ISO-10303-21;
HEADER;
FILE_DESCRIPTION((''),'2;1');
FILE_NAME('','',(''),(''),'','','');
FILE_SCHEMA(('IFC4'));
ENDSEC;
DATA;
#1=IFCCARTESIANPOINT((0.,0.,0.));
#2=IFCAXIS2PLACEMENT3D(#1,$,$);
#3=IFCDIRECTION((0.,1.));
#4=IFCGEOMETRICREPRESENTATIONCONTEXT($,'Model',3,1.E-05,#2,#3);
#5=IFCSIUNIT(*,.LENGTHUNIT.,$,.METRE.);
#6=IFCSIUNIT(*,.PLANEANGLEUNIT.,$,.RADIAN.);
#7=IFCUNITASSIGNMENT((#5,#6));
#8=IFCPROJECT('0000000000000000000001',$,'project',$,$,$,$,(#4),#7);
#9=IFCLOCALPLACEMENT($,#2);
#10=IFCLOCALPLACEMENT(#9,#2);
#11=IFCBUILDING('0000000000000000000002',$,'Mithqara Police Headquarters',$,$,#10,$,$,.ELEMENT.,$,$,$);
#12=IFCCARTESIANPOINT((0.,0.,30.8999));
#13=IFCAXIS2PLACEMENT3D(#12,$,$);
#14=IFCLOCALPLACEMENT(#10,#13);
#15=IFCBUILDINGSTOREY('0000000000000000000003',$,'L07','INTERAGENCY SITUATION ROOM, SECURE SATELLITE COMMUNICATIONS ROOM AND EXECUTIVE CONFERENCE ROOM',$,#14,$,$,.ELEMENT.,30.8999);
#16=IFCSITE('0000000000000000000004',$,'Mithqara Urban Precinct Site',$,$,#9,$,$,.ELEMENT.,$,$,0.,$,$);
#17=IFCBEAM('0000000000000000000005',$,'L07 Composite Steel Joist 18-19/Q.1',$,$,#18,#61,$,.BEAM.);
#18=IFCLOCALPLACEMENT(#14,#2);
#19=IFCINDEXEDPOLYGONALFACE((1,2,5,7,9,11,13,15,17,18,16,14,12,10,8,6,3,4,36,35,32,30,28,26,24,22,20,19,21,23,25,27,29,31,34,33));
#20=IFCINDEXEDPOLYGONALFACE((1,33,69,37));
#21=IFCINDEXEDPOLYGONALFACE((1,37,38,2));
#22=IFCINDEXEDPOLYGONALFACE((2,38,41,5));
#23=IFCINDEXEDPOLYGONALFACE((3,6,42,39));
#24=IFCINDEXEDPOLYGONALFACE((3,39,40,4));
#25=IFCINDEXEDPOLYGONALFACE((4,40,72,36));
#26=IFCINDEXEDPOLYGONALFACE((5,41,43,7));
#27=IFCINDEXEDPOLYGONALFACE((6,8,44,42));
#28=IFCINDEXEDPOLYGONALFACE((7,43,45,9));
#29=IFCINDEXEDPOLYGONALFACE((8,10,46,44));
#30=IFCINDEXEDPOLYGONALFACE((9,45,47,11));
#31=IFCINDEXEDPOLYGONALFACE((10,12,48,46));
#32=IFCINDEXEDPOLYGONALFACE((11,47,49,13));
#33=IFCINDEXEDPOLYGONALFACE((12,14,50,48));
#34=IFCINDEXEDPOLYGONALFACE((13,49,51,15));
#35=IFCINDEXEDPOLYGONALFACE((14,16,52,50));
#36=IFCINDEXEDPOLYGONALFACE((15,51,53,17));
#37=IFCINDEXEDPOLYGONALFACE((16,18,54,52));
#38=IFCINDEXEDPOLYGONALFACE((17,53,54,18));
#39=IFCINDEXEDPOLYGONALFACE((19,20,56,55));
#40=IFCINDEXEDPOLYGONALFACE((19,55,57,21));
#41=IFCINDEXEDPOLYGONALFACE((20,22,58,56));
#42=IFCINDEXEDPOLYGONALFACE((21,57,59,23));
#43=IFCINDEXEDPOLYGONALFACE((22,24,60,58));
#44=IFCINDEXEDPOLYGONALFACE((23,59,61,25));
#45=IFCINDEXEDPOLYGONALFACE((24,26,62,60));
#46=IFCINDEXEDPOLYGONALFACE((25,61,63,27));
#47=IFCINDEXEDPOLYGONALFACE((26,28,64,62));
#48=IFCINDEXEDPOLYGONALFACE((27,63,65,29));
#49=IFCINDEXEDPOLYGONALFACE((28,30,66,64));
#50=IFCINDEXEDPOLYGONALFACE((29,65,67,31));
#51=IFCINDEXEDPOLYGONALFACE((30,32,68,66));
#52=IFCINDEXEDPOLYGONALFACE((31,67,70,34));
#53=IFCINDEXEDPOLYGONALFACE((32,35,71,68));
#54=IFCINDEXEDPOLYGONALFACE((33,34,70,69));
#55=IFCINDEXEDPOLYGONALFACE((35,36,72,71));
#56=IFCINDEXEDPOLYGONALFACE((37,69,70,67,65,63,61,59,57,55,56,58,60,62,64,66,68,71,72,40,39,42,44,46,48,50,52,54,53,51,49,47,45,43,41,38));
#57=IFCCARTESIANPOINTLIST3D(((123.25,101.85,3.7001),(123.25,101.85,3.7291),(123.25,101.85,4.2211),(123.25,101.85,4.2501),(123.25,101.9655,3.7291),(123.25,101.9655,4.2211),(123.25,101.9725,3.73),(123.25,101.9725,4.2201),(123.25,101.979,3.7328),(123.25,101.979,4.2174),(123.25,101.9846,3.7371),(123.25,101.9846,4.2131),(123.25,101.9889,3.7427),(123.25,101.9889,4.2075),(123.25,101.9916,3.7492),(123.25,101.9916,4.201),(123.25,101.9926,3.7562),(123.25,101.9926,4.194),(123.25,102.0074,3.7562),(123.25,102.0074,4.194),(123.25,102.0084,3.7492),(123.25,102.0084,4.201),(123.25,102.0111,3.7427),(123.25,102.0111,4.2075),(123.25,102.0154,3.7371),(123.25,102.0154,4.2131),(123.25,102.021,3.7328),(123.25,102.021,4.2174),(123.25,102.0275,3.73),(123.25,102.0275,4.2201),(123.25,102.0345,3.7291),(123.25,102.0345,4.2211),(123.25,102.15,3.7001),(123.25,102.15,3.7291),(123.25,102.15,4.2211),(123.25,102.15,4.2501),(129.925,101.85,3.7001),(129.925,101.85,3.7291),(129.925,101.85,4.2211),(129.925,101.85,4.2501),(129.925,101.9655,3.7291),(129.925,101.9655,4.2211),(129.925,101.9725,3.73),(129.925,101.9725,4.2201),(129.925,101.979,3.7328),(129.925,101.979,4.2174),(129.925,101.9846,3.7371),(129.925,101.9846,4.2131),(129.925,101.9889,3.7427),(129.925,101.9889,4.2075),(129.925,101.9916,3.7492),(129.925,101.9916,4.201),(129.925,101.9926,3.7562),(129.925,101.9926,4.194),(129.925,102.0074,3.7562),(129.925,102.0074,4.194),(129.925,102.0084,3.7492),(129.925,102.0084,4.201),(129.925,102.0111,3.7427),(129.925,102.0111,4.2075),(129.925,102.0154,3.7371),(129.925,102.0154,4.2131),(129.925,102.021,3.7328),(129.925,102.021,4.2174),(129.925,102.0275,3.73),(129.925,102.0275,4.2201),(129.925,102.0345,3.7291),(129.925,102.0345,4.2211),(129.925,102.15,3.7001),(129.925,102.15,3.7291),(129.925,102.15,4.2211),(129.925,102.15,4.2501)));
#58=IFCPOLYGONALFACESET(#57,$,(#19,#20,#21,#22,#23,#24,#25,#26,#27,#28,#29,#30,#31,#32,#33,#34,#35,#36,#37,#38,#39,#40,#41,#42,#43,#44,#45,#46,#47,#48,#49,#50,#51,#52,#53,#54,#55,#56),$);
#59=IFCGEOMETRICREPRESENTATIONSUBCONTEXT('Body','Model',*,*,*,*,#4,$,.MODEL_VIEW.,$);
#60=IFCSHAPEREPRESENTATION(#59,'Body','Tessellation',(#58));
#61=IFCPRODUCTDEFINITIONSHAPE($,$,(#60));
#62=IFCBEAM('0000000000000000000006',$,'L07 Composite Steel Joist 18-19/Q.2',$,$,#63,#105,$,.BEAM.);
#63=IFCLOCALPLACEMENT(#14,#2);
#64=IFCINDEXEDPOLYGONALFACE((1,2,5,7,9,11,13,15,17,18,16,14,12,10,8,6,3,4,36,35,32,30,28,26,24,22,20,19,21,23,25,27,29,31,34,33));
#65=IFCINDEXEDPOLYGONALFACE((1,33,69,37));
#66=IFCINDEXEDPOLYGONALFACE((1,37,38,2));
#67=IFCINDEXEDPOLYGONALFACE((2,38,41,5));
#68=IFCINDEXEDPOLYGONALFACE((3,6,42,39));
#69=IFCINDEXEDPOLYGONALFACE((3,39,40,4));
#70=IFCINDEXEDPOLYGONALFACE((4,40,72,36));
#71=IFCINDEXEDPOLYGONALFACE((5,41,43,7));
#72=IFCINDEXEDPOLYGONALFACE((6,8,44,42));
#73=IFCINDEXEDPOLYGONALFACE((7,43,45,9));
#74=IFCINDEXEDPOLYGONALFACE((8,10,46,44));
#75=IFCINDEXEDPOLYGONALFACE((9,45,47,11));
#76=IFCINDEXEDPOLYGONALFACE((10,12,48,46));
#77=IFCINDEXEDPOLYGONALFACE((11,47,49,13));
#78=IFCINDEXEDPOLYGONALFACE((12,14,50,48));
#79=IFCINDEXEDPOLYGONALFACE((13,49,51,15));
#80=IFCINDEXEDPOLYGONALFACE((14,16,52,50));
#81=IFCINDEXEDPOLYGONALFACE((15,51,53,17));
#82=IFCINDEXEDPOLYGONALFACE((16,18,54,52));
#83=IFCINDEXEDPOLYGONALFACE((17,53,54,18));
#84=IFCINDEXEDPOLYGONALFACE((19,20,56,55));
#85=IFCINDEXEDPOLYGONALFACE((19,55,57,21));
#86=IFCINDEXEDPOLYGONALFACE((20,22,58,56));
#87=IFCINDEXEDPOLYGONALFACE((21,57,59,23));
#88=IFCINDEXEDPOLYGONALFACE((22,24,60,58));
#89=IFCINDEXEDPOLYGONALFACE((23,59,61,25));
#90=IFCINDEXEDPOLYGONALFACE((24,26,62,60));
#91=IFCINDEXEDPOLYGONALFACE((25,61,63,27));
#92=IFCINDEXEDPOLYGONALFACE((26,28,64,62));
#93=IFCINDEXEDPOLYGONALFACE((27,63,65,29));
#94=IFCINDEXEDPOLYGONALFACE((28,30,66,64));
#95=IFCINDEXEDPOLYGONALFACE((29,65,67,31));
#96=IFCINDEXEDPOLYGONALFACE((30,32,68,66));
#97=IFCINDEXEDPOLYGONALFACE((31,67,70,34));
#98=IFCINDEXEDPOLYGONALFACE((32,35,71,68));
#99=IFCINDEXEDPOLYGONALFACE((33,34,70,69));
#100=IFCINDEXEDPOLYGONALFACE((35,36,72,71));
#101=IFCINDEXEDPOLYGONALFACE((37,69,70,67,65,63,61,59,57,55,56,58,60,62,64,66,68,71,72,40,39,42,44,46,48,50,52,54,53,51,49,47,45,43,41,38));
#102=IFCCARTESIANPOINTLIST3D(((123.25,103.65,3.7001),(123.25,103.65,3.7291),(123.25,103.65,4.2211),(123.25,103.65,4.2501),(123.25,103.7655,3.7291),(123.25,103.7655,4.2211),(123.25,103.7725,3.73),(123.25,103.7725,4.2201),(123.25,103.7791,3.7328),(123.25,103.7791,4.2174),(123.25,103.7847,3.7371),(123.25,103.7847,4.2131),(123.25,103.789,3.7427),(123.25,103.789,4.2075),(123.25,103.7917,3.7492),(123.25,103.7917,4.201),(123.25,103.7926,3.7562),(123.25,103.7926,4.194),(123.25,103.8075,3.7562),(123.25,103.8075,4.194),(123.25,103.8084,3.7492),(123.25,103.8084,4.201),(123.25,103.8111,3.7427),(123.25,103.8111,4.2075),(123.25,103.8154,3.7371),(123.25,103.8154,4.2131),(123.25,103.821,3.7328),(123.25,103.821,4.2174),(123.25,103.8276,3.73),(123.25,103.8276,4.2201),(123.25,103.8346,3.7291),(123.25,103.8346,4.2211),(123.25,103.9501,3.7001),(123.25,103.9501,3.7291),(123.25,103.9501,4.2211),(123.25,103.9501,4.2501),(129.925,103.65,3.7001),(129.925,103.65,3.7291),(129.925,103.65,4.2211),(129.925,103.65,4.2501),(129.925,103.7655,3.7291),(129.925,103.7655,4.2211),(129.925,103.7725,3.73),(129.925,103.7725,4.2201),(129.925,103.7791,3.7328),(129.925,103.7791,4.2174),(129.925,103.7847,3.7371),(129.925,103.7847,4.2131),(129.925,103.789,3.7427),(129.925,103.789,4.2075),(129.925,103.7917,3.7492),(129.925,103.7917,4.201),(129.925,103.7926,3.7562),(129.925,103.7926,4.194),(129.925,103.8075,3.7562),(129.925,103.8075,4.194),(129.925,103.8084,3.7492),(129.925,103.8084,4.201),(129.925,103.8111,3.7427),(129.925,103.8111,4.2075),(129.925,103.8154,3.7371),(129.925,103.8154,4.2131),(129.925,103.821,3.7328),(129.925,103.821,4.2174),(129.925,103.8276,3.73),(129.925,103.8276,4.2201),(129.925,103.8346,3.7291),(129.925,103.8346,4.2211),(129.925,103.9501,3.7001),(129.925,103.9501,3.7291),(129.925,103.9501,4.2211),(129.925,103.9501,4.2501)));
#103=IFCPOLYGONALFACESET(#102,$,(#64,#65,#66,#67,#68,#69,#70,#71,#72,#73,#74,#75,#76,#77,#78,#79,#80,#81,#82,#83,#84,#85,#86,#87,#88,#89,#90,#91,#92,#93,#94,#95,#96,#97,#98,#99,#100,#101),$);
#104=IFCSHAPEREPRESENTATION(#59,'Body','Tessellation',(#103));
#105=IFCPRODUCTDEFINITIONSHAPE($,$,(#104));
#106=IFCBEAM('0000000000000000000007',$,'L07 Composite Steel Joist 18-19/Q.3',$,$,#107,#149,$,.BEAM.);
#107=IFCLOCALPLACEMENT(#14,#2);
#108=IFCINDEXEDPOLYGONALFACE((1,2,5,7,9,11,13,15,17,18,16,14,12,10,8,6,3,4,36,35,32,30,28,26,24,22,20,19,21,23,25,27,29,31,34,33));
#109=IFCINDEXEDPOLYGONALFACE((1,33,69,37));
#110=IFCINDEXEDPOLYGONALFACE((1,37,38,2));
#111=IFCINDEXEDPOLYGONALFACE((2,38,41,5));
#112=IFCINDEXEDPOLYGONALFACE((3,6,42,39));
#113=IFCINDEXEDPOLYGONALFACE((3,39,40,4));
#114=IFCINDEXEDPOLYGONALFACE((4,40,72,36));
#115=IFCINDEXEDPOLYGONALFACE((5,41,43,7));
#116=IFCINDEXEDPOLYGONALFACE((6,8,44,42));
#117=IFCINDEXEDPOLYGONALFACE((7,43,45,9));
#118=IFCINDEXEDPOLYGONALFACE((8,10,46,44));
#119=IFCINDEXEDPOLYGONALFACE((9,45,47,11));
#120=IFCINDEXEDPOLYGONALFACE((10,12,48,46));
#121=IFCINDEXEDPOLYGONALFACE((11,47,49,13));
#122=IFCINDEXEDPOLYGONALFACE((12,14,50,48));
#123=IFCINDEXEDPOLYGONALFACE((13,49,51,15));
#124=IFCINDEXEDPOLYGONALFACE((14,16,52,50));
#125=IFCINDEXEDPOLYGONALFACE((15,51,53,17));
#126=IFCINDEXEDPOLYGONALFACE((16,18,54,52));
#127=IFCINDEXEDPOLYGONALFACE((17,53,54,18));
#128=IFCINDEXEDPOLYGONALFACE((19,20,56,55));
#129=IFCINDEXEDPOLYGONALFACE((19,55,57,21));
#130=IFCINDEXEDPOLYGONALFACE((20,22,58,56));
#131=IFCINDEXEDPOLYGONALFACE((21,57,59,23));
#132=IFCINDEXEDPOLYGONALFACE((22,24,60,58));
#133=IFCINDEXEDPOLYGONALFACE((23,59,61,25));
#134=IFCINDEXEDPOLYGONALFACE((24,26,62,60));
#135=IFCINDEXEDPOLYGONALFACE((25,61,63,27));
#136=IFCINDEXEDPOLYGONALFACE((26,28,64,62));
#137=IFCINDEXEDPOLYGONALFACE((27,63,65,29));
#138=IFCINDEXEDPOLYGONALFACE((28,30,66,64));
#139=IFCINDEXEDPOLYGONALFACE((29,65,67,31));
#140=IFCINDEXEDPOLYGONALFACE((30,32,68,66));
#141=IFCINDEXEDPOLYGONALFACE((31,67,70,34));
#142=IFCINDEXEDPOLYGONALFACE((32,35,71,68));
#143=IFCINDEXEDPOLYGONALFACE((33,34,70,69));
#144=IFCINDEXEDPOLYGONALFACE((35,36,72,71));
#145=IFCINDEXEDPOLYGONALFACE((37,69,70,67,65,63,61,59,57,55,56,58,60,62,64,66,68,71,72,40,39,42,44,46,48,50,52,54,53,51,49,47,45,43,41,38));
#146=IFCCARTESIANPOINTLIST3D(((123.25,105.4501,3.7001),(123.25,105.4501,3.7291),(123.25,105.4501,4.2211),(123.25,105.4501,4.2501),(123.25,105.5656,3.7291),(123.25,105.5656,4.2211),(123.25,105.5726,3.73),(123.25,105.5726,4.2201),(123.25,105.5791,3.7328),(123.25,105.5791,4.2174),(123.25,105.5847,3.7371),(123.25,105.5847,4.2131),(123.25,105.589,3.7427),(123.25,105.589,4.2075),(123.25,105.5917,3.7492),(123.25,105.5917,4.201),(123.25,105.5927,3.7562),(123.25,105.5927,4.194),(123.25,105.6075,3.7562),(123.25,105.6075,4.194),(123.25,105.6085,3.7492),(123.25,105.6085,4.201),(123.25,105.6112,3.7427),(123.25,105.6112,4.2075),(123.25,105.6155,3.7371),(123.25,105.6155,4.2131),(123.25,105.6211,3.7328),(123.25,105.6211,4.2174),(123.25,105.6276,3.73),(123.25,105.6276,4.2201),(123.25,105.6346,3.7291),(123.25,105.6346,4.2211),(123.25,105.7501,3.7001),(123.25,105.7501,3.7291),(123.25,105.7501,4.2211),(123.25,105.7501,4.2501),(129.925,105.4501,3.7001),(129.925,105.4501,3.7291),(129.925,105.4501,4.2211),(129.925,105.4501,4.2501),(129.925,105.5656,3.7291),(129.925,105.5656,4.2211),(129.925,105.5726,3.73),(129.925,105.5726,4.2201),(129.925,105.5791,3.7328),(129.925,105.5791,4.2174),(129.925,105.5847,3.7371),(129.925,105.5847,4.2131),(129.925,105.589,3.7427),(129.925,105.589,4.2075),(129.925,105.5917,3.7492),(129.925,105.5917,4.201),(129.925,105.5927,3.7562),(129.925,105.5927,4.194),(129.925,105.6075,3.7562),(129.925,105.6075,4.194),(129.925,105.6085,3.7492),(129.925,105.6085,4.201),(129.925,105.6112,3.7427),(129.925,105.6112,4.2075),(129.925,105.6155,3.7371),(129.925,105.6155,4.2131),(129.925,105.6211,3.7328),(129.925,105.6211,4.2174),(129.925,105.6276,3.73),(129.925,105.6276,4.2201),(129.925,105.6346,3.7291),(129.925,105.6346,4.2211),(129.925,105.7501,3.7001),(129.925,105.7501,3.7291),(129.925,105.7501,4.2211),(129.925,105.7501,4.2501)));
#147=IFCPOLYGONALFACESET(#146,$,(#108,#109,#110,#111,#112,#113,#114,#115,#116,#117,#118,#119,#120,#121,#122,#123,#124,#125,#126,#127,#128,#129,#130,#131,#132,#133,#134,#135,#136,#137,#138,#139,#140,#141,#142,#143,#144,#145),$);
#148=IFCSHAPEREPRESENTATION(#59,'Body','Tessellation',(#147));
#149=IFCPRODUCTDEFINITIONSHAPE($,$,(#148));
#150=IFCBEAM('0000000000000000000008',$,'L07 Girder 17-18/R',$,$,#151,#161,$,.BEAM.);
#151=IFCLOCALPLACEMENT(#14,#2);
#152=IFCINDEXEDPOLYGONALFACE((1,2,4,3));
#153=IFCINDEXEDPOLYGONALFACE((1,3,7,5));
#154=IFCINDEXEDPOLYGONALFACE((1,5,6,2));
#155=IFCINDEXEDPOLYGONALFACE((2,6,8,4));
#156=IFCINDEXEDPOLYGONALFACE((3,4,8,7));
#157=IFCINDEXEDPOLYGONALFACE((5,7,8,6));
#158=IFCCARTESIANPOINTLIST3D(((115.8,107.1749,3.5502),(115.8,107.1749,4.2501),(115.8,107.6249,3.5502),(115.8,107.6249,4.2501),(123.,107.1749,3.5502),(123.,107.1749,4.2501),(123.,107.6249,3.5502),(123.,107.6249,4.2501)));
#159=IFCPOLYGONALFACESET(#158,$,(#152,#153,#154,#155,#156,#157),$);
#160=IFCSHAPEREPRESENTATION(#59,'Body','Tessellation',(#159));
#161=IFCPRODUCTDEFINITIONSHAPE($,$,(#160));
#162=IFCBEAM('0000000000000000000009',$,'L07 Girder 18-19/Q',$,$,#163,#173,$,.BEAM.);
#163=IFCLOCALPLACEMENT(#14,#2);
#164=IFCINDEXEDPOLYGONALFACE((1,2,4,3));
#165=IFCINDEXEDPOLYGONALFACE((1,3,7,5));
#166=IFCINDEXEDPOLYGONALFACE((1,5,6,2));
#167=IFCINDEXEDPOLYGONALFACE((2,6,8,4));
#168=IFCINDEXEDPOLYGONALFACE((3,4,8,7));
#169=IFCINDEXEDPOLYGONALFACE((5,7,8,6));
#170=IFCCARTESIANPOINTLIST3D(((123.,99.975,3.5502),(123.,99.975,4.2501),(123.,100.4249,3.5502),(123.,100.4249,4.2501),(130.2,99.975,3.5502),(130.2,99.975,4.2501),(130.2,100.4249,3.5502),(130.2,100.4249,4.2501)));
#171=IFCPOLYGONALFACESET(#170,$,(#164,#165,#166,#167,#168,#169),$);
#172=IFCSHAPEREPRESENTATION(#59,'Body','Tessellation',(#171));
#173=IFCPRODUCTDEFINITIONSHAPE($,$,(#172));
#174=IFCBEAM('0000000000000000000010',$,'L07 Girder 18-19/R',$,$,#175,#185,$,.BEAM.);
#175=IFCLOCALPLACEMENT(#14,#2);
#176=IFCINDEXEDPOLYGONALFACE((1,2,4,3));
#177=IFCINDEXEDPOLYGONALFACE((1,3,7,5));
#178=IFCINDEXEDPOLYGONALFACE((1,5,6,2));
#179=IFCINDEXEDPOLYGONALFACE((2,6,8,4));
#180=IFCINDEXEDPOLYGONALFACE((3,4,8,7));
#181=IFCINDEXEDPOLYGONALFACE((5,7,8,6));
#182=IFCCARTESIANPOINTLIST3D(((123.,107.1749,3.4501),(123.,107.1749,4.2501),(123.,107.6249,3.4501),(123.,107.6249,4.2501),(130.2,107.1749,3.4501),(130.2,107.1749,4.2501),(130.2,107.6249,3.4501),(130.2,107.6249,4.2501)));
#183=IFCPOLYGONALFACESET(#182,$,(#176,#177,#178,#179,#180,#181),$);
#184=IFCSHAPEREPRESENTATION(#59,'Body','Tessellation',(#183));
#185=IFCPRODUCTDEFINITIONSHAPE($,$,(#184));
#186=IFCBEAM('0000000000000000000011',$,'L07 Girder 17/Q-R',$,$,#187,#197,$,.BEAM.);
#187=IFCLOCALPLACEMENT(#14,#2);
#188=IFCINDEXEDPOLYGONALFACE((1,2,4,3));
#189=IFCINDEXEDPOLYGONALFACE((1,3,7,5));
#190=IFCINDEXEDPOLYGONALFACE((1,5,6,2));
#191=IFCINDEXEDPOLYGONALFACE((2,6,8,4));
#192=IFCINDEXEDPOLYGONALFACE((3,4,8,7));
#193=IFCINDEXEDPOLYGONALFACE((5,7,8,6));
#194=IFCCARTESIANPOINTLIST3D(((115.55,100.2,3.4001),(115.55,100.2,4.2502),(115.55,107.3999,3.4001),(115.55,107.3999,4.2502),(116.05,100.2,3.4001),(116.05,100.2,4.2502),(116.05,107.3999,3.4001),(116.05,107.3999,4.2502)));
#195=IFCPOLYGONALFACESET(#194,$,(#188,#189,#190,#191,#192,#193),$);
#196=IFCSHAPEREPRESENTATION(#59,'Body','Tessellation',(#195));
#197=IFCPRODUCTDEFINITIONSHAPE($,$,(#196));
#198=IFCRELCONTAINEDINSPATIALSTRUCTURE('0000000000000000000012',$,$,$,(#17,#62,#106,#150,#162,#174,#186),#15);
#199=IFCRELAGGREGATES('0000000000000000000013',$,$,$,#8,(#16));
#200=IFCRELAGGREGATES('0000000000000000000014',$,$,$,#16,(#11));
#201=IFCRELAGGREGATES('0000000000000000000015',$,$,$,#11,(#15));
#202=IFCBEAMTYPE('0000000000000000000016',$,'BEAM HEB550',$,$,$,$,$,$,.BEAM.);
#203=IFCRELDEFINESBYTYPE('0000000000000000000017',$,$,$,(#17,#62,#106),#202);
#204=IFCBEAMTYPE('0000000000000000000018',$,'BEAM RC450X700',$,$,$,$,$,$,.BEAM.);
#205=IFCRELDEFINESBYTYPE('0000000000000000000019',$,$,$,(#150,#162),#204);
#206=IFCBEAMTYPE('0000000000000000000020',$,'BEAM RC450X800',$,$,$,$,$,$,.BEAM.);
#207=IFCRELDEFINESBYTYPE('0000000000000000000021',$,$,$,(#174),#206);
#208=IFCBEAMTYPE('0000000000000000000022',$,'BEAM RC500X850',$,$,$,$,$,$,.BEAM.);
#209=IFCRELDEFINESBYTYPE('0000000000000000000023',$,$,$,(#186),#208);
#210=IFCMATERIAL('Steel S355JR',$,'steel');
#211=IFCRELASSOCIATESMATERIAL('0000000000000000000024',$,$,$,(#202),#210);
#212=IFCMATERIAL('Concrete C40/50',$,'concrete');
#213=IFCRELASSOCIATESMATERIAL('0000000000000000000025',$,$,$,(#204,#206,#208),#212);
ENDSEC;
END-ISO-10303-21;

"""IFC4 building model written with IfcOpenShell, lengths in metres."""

from ifc_helpers import new_model, si_unit, direction, frame, origin, origin_2d, place, context, subcontext, project, spatial, rectangle, i_section, extrude, material, material_profile, profile_set, type_object, element, save


model = new_model("IFC4")

# Units and contexts
model_context = context("Model", 3, precision=1e-05, world=origin(), true_north=direction((0.0, 1.0)))
body_context = subcontext(model_context, "Body", "Model", "MODEL_VIEW")
ifc_project = project(units=[si_unit("LENGTHUNIT", "METRE"), si_unit("PLANEANGLEUNIT", "RADIAN")], contexts=[model_context])

# Site, building, storey
site_placement = place(None, origin())
site = spatial("IfcSite", under=ifc_project, at=site_placement, Name="Mithqara Urban Precinct Site", CompositionType="ELEMENT", RefElevation=0.0)
building_placement = place(site_placement, origin())
building = spatial("IfcBuilding", under=site, at=building_placement, Name="Mithqara Police Headquarters", CompositionType="ELEMENT")
storey_placement = place(building_placement, frame((0.0, 0.0, 30.8999)))
storey = spatial("IfcBuildingStorey", under=building, at=storey_placement, Name="L07", Description="INTERAGENCY SITUATION ROOM, SECURE SATELLITE COMMUNICATIONS ROOM AND EXECUTIVE CONFERENCE ROOM", CompositionType="ELEMENT", Elevation=30.8999)

# Beams
ifc_material_1 = material(Name="Steel S355JR", Category="steel")
ifc_material_profile_1 = material_profile(ifc_material_1, i_section(OverallWidth=0.3, OverallDepth=0.55, WebThickness=0.0149, FlangeThickness=0.0291, FilletRadius=0.0271, at=origin_2d()), Name="HEB 550")
ifc_profile_set_1 = profile_set([ifc_material_profile_1], Name="Steel S355JR")
beam_type_1 = type_object("IfcBeamType", Name="BEAM HEB550", PredefinedType="BEAM", material=ifc_profile_set_1)
for number, where, z_axis, x_axis, name in (
    (1, (123.25, 102.0, 3.9751), (1.0, 0.0, 0.0), (0.0, 1.0, 0.0), "L07 Composite Steel Joist 18-19/Q.1"),
    (2, (123.25, 103.8, 3.9751), (1.0, 0.0, 0.0), (0.0, 1.0, 0.0), "L07 Composite Steel Joist 18-19/Q.2"),
    (3, (123.25, 105.6001, 3.9751), (1.0, 0.0, 0.0), (0.0, 1.0, 0.0), "L07 Composite Steel Joist 18-19/Q.3"),
):
    element("IfcBeam", number, at=place(storey_placement, frame(where, z_axis=z_axis, x_axis=x_axis)), inside=storey, type_object=beam_type_1, Name=name, PredefinedType="BEAM", context=body_context, shape_type="SweptSolid", body=[
        extrude(i_section(OverallWidth=0.3, OverallDepth=0.55, WebThickness=0.0149, FlangeThickness=0.0291, FilletRadius=0.0271, at=origin_2d()), origin(), (0.0, 0.0, 1.0), 6.675),
    ])
ifc_material_2 = material(Name="Concrete C40/50", Category="concrete")
ifc_material_profile_2 = material_profile(ifc_material_2, rectangle(XDim=0.45, YDim=0.7, at=origin_2d()), Name="RC 450x700")
ifc_profile_set_2 = profile_set([ifc_material_profile_2], Name="Concrete C40/50")
beam_type_2 = type_object("IfcBeamType", Name="BEAM RC450X700", PredefinedType="BEAM", material=ifc_profile_set_2)
for number, where, z_axis, x_axis, name in (
    (4, (115.8, 107.3999, 3.9001), (1.0, 0.0, 0.0), (0.0, 1.0, 0.0), "L07 Girder 17-18/R"),
    (5, (123.0, 100.2, 3.9001), (1.0, 0.0, 0.0), (0.0, 1.0, 0.0), "L07 Girder 18-19/Q"),
):
    element("IfcBeam", number, at=place(storey_placement, frame(where, z_axis=z_axis, x_axis=x_axis)), inside=storey, type_object=beam_type_2, Name=name, PredefinedType="BEAM", context=body_context, shape_type="SweptSolid", body=[
        extrude(rectangle(XDim=0.45, YDim=0.7, at=origin_2d()), origin(), (0.0, 0.0, 1.0), 7.2),
    ])
ifc_material_profile_3 = material_profile(ifc_material_2, rectangle(XDim=0.45, YDim=0.8, at=origin_2d()), Name="RC 450x800")
ifc_profile_set_3 = profile_set([ifc_material_profile_3], Name="Concrete C40/50")
beam_type_3 = type_object("IfcBeamType", Name="BEAM RC450X800", PredefinedType="BEAM", material=ifc_profile_set_3)
beam_1_placement = place(storey_placement, frame((123.0, 107.3999, 3.8501), z_axis=(1.0, 0.0, 0.0), x_axis=(0.0, 1.0, 0.0)))
element("IfcBeam", 6, at=beam_1_placement, inside=storey, type_object=beam_type_3, Name="L07 Girder 18-19/R", PredefinedType="BEAM", context=body_context, shape_type="SweptSolid", body=[
    extrude(rectangle(XDim=0.45, YDim=0.8, at=origin_2d()), origin(), (0.0, 0.0, 1.0), 7.2),
])
ifc_material_profile_4 = material_profile(ifc_material_2, rectangle(XDim=0.5, YDim=0.8501, at=origin_2d()), Name="RC 500x850")
ifc_profile_set_4 = profile_set([ifc_material_profile_4], Name="Concrete C40/50")
beam_type_4 = type_object("IfcBeamType", Name="BEAM RC500X850", PredefinedType="BEAM", material=ifc_profile_set_4)
beam_2_placement = place(storey_placement, frame((115.8, 100.2, 3.8252), z_axis=(0.0, 1.0, 0.0), x_axis=(-1.0, 0.0, 0.0)))
element("IfcBeam", 7, at=beam_2_placement, inside=storey, type_object=beam_type_4, Name="L07 Girder 17/Q-R", PredefinedType="BEAM", context=body_context, shape_type="SweptSolid", body=[
    extrude(rectangle(XDim=0.5, YDim=0.8501, at=origin_2d()), origin(), (0.0, 0.0, 1.0), 7.2),
])

save(model, "model.ifc")
